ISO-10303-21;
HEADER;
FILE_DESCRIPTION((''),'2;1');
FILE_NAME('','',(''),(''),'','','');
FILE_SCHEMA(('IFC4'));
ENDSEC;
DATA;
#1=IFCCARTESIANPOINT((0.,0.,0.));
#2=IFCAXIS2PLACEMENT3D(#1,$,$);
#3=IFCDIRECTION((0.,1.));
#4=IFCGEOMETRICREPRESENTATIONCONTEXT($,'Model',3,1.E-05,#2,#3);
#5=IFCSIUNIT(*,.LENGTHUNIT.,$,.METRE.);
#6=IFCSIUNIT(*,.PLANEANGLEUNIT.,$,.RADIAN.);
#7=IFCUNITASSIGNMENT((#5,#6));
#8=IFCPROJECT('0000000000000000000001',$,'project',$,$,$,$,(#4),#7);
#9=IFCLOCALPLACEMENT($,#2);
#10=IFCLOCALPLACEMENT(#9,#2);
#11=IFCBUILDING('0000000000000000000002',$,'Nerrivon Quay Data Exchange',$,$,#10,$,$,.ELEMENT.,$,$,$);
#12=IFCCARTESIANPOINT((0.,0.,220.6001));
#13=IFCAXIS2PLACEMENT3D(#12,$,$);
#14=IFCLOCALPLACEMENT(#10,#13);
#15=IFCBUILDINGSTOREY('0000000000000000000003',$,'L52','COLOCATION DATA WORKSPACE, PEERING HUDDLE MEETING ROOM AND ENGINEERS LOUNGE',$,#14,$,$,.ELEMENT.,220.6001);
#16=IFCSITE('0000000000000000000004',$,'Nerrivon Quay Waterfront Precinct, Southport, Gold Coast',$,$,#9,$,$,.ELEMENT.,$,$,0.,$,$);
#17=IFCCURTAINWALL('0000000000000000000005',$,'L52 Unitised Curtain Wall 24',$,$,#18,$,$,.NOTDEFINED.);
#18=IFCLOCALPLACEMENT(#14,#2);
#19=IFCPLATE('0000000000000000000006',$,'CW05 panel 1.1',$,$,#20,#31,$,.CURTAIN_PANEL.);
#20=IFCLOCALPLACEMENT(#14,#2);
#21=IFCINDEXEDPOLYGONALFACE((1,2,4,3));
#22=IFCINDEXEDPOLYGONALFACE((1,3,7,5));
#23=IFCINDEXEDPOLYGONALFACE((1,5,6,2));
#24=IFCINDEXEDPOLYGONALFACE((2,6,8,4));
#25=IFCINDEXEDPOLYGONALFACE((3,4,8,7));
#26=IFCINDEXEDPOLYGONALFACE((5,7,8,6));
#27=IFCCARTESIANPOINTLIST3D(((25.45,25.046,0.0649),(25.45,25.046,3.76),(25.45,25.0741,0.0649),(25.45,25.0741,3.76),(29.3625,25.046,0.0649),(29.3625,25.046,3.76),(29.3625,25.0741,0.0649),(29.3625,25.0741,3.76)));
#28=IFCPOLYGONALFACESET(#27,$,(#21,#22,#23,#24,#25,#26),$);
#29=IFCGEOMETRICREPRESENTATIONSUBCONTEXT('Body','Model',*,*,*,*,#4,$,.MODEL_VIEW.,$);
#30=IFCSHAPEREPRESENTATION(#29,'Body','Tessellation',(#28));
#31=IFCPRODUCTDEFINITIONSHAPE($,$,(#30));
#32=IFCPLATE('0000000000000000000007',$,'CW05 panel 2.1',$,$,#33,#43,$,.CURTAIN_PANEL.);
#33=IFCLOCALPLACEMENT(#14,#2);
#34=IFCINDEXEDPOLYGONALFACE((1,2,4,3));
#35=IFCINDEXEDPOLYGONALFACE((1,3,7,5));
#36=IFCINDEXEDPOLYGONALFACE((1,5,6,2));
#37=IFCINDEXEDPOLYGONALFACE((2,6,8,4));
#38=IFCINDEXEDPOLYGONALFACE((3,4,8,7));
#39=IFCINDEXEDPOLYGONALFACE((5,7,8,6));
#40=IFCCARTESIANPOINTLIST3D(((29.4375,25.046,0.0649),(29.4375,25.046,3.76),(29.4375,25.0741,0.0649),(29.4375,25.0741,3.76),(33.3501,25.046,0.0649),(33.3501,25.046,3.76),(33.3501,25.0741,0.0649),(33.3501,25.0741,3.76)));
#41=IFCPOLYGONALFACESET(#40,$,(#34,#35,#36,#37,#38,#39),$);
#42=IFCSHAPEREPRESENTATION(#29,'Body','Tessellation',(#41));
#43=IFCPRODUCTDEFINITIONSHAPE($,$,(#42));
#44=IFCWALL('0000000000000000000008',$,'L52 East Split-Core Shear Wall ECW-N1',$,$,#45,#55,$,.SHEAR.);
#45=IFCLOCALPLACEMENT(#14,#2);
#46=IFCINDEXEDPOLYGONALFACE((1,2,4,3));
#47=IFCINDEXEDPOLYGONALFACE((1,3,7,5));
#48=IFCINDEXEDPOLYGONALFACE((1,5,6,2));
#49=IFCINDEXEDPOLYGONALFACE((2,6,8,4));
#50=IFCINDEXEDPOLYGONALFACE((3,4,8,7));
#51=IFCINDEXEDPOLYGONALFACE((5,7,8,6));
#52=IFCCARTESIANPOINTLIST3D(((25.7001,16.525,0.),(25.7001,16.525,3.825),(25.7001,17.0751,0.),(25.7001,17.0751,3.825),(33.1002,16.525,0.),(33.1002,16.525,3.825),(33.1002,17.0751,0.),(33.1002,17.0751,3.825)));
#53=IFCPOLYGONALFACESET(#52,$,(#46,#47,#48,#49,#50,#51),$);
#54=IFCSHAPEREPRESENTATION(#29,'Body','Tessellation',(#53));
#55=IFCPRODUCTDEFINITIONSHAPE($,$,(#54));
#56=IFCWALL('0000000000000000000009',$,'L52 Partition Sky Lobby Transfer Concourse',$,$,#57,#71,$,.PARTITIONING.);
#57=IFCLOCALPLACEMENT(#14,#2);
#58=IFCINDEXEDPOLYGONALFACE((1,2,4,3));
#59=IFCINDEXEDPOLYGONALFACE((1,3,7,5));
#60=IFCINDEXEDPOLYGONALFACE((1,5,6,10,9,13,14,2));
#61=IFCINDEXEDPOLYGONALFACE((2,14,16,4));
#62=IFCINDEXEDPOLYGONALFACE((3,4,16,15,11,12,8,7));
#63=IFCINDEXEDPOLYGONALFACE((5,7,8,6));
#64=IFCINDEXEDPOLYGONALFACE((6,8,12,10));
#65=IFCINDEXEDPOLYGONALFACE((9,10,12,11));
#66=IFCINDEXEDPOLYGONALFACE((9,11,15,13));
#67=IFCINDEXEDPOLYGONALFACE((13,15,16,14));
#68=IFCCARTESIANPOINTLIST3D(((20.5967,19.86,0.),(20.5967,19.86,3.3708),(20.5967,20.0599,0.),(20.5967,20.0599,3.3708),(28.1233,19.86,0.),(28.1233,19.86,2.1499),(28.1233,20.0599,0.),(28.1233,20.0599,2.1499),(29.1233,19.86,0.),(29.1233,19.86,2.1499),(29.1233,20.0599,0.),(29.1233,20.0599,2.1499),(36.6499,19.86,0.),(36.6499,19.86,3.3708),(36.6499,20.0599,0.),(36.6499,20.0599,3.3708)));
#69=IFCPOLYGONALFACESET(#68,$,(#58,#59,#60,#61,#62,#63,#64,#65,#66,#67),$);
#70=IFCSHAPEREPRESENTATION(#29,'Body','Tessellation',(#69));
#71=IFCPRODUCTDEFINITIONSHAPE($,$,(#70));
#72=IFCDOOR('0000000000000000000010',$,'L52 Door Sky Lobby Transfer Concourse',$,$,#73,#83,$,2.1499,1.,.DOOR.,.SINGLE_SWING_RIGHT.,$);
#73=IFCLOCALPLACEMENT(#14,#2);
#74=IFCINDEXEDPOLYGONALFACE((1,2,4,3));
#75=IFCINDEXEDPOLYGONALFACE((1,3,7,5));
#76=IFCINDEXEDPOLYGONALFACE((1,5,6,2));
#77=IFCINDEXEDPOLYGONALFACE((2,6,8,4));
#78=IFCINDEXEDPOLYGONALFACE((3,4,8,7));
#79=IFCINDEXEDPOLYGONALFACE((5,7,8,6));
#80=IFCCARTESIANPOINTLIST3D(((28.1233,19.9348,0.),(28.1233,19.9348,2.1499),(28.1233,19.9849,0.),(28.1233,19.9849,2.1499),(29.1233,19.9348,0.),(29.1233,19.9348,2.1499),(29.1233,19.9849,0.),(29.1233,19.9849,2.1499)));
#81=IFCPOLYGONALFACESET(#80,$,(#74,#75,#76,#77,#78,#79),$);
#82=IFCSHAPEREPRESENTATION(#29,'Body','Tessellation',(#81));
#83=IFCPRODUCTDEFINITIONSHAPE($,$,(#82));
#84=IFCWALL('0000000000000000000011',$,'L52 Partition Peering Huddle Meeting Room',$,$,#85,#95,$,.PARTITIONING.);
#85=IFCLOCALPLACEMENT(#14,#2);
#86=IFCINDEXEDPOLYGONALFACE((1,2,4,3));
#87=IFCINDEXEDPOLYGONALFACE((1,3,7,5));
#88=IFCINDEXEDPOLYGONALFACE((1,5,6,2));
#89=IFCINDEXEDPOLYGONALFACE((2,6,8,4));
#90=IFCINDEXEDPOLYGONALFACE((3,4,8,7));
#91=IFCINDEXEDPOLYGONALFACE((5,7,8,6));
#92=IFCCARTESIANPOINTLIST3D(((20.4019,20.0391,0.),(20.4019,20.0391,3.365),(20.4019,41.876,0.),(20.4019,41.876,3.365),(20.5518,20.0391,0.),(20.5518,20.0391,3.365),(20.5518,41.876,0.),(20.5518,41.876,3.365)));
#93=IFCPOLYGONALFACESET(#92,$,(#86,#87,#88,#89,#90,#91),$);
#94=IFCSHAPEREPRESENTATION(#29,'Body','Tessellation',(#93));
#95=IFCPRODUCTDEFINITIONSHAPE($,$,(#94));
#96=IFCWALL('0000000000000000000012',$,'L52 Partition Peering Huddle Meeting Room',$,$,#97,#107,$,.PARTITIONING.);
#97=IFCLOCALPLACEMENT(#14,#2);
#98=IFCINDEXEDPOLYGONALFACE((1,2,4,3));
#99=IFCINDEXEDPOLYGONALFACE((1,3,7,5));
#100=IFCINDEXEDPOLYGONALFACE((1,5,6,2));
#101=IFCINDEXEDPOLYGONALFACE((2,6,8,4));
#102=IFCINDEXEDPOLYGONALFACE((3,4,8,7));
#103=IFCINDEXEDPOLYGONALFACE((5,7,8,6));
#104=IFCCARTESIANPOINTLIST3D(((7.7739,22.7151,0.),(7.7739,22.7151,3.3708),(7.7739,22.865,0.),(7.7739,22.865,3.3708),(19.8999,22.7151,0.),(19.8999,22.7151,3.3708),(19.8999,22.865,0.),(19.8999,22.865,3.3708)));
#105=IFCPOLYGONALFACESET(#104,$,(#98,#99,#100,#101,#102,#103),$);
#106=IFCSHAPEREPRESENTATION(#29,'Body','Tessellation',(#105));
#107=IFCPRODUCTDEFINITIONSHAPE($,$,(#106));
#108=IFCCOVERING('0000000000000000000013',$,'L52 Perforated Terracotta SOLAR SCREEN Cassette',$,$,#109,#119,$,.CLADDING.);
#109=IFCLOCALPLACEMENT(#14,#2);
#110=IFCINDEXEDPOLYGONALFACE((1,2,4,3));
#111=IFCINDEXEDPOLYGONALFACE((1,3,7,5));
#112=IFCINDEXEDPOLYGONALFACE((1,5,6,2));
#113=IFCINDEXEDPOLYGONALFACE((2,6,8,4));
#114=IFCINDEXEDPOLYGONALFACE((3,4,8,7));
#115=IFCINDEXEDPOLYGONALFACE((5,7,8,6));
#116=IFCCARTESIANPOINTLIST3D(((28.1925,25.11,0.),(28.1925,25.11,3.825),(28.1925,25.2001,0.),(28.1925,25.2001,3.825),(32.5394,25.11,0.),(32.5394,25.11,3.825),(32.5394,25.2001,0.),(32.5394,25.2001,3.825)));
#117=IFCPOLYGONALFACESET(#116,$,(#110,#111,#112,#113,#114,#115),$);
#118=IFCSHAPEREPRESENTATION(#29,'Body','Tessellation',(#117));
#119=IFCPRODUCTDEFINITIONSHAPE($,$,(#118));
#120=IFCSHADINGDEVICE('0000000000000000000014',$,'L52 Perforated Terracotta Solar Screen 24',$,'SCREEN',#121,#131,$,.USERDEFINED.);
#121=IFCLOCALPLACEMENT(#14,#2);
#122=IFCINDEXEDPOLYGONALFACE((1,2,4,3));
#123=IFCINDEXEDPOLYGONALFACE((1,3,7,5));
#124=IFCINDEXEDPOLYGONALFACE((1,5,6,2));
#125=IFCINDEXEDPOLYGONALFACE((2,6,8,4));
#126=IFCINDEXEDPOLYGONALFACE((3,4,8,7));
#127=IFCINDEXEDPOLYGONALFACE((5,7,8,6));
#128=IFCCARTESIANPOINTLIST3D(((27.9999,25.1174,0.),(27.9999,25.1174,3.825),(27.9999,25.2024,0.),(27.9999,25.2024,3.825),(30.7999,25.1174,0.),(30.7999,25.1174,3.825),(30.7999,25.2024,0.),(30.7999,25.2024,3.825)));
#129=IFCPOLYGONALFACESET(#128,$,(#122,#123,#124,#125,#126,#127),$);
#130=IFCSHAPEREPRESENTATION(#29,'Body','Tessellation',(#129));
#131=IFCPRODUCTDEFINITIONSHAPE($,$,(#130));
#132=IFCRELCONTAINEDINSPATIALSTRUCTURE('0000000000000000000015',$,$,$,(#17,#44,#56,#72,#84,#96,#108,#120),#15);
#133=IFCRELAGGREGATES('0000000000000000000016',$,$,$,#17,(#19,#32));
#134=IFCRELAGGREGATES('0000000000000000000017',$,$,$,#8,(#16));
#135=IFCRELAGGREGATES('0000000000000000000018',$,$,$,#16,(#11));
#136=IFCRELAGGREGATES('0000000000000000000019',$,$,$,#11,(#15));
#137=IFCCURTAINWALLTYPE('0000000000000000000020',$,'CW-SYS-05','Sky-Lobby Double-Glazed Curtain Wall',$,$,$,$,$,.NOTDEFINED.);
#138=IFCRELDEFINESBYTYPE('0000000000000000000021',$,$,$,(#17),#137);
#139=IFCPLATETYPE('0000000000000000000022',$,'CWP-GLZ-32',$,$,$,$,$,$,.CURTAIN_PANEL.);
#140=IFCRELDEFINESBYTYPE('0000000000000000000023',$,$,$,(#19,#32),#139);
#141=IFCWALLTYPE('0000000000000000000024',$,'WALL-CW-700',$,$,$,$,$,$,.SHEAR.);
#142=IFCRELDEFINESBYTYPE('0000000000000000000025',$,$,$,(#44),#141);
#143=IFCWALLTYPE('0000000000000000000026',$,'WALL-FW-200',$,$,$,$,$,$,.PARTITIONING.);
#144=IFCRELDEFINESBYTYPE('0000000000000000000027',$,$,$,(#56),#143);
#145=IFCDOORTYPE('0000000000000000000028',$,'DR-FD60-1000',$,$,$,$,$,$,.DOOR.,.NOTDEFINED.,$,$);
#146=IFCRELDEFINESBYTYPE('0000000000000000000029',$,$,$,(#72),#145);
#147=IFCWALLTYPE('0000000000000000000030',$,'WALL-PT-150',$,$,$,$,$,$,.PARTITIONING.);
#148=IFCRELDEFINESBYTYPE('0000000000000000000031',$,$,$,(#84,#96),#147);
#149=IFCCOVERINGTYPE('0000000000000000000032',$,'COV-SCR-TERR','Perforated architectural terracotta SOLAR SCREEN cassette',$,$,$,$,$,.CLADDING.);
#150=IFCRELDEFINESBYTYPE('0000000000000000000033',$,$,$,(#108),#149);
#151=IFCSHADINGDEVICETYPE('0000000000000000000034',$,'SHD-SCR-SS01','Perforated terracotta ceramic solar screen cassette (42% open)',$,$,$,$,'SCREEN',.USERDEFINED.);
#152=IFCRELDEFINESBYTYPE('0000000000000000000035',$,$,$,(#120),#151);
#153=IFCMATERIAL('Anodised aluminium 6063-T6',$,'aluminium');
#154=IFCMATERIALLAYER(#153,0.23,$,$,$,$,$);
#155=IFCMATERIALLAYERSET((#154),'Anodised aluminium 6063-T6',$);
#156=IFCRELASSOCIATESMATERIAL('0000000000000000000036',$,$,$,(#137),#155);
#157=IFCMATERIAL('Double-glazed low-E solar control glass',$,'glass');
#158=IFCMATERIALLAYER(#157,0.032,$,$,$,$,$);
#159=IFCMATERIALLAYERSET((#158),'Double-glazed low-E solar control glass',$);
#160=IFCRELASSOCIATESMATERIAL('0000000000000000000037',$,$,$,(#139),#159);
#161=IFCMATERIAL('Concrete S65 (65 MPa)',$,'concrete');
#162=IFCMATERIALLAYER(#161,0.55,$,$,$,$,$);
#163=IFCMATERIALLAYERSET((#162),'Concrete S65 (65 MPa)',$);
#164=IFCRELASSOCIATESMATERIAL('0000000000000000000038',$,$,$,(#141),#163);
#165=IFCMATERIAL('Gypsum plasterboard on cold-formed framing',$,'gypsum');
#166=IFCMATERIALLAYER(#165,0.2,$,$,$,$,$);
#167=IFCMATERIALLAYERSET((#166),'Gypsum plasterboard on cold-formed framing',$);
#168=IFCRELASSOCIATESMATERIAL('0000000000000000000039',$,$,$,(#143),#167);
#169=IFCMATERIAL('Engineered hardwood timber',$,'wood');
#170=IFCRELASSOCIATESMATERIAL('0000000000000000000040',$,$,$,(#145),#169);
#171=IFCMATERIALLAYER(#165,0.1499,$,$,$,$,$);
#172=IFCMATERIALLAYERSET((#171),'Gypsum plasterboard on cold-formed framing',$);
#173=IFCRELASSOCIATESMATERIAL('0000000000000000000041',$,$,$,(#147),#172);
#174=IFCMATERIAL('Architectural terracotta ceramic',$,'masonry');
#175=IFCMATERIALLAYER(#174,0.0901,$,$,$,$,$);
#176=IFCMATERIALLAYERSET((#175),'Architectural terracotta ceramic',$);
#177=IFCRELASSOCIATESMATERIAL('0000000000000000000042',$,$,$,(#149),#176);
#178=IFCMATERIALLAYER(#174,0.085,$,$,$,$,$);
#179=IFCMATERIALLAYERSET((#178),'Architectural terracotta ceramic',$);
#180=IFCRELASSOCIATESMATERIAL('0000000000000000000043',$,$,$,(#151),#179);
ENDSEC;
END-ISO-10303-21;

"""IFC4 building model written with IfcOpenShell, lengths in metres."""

from ifc_helpers import new_model, si_unit, direction, frame, frame_2d, origin, origin_2d, place, context, subcontext, project, spatial, rectangle, extrude, material, layer, layer_set, type_object, element, fill, aggregate, save


model = new_model("IFC4")

# Units and contexts
model_context = context("Model", 3, precision=1e-05, world=origin(), true_north=direction((0.0, 1.0)))
body_context = subcontext(model_context, "Body", "Model", "MODEL_VIEW")
ifc_project = project(units=[si_unit("LENGTHUNIT", "METRE"), si_unit("PLANEANGLEUNIT", "RADIAN")], contexts=[model_context])

# Site, building, storey
site_placement = place(None, origin())
site = spatial("IfcSite", under=ifc_project, at=site_placement, Name="Nerrivon Quay Waterfront Precinct, Southport, Gold Coast", CompositionType="ELEMENT", RefElevation=0.0)
building_placement = place(site_placement, origin())
building = spatial("IfcBuilding", under=site, at=building_placement, Name="Nerrivon Quay Data Exchange", CompositionType="ELEMENT")
storey_placement = place(building_placement, frame((0.0, 0.0, 220.6001)))
storey = spatial("IfcBuildingStorey", under=building, at=storey_placement, Name="L52", Description="COLOCATION DATA WORKSPACE, PEERING HUDDLE MEETING ROOM AND ENGINEERS LOUNGE", CompositionType="ELEMENT", Elevation=220.6001)

# Shared definitions
ifc_material_1 = material(Name="Concrete S65 (65 MPa)", Category="concrete")

# Curtain wall, plates
ifc_material_2 = material(Name="Anodised aluminium 6063-T6", Category="aluminium")
ifc_layer_1 = layer(ifc_material_2, 0.23)
ifc_layer_set_1 = layer_set([ifc_layer_1], Name="Anodised aluminium 6063-T6")
curtain_wall_type = type_object("IfcCurtainWallType", Name="CW-SYS-05", Description="Sky-Lobby Double-Glazed Curtain Wall", PredefinedType="NOTDEFINED", material=ifc_layer_set_1)
curtain_wall_placement = place(storey_placement, origin())
curtain_wall = element("IfcCurtainWall", 1, at=curtain_wall_placement, inside=storey, type_object=curtain_wall_type, Name="L52 Unitised Curtain Wall 24", PredefinedType="NOTDEFINED")
ifc_material_3 = material(Name="Double-glazed low-E solar control glass", Category="glass")
ifc_layer_2 = layer(ifc_material_3, 0.032)
ifc_layer_set_2 = layer_set([ifc_layer_2], Name="Double-glazed low-E solar control glass")
plate_type = type_object("IfcPlateType", Name="CWP-GLZ-32", PredefinedType="CURTAIN_PANEL", material=ifc_layer_set_2)
plate_1_placement = place(storey_placement, frame((27.4062, 25.0601, 0.0649), z_axis=(0.0, 0.0, 1.0), x_axis=(1.0, 0.0, 0.0)))
plate_1 = element("IfcPlate", 2, at=plate_1_placement, type_object=plate_type, Name="CW05 panel 1.1", PredefinedType="CURTAIN_PANEL", context=body_context, shape_type="SweptSolid", body=[
    extrude(rectangle(XDim=3.9126, YDim=0.0281, at=origin_2d()), origin(), (0.0, 0.0, 1.0), 3.6951),
])
plate_2_placement = place(storey_placement, frame((31.3938, 25.0601, 0.0649), z_axis=(0.0, 0.0, 1.0), x_axis=(1.0, 0.0, 0.0)))
plate_2 = element("IfcPlate", 3, at=plate_2_placement, type_object=plate_type, Name="CW05 panel 2.1", PredefinedType="CURTAIN_PANEL", context=body_context, shape_type="SweptSolid", body=[
    extrude(rectangle(XDim=3.9126, YDim=0.0281, at=origin_2d()), origin(), (0.0, 0.0, 1.0), 3.6951),
])
aggregate(curtain_wall, [plate_1, plate_2])

# Wall
ifc_layer_3 = layer(ifc_material_1, 0.55)
ifc_layer_set_3 = layer_set([ifc_layer_3], Name="Concrete S65 (65 MPa)")
wall_type_1 = type_object("IfcWallType", Name="WALL-CW-700", PredefinedType="SHEAR", material=ifc_layer_set_3)
wall_1_placement = place(storey_placement, frame((25.7, 16.8, 0.0), z_axis=(0.0, 0.0, 1.0), x_axis=(1.0, 0.0, 0.0)))
element("IfcWall", 4, at=wall_1_placement, inside=storey, type_object=wall_type_1, Name="L52 East Split-Core Shear Wall ECW-N1", PredefinedType="SHEAR", context=body_context, shape_type="SweptSolid", body=[
    extrude(rectangle(XDim=7.4001, YDim=0.55, at=frame_2d((3.7002, 0.0))), origin(), (0.0, 0.0, 1.0), 3.825),
])

# Wall, opening, door
ifc_material_4 = material(Name="Gypsum plasterboard on cold-formed framing", Category="gypsum")
ifc_layer_4 = layer(ifc_material_4, 0.2)
ifc_layer_set_4 = layer_set([ifc_layer_4], Name="Gypsum plasterboard on cold-formed framing")
wall_type_2 = type_object("IfcWallType", Name="WALL-FW-200", PredefinedType="PARTITIONING", material=ifc_layer_set_4)
wall_2_placement = place(storey_placement, frame((20.5967, 19.96, 0.0), z_axis=(0.0, 0.0, 1.0), x_axis=(1.0, 0.0, 0.0)))
wall_2 = element("IfcWall", 5, at=wall_2_placement, inside=storey, type_object=wall_type_2, Name="L52 Partition Sky Lobby Transfer Concourse", PredefinedType="PARTITIONING", context=body_context, shape_type="SweptSolid", body=[
    extrude(rectangle(XDim=16.0532, YDim=0.2, at=frame_2d((8.0266, 0.0))), origin(), (0.0, 0.0, 1.0), 3.3708),
])
opening_placement = place(wall_2_placement, frame((7.5266, 0.0, 0.0)))
opening = element("IfcOpeningElement", 6, at=opening_placement, cuts=wall_2, PredefinedType="OPENING", context=body_context, shape_type="SweptSolid", body=[
    extrude(rectangle(XDim=1.0, YDim=2.1499, at=frame_2d((0.5, 1.075))), frame((0.0, 0.1099, 0.0), z_axis=(0.0, -1.0, 0.0), x_axis=(1.0, 0.0, 0.0)), (0.0, 0.0, 1.0), 0.22),
])
ifc_material_5 = material(Name="Engineered hardwood timber", Category="wood")
door_type = type_object("IfcDoorType", Name="DR-FD60-1000", OperationType="NOTDEFINED", PredefinedType="DOOR", material=ifc_material_5)
door_placement = place(opening_placement, origin())
door = element("IfcDoor", 7, at=door_placement, inside=storey, type_object=door_type, Name="L52 Door Sky Lobby Transfer Concourse", OperationType="SINGLE_SWING_RIGHT", OverallHeight=2.1499, OverallWidth=1.0, PredefinedType="DOOR", context=body_context, shape_type="SweptSolid", body=[
    extrude(rectangle(XDim=1.0, YDim=2.1499, at=frame_2d((0.5, 1.075))), frame((0.0, 0.0249, 0.0), z_axis=(0.0, -1.0, 0.0), x_axis=(1.0, 0.0, 0.0)), (0.0, 0.0, 1.0), 0.05),
])
fill(opening, door)

# Walls
ifc_layer_5 = layer(ifc_material_4, 0.1499)
ifc_layer_set_5 = layer_set([ifc_layer_5], Name="Gypsum plasterboard on cold-formed framing")
wall_type_3 = type_object("IfcWallType", Name="WALL-PT-150", PredefinedType="PARTITIONING", material=ifc_layer_set_5)
wall_3_placement = place(storey_placement, frame((20.4768, 20.0391, 0.0), z_axis=(0.0, 0.0, 1.0), x_axis=(0.0, 1.0, 0.0)))
element("IfcWall", 8, at=wall_3_placement, inside=storey, type_object=wall_type_3, Name="L52 Partition Peering Huddle Meeting Room", PredefinedType="PARTITIONING", context=body_context, shape_type="SweptSolid", body=[
    extrude(rectangle(XDim=21.8369, YDim=0.1499, at=frame_2d((10.9185, 0.0))), origin(), (0.0, 0.0, 1.0), 3.365),
])
wall_4_placement = place(storey_placement, frame((19.8999, 22.79, 0.0), z_axis=(0.0, 0.0, 1.0), x_axis=(-1.0, 0.0, 0.0)))
element("IfcWall", 9, at=wall_4_placement, inside=storey, type_object=wall_type_3, Name="L52 Partition Peering Huddle Meeting Room", PredefinedType="PARTITIONING", context=body_context, shape_type="SweptSolid", body=[
    extrude(rectangle(XDim=12.126, YDim=0.1499, at=frame_2d((6.063, 0.0))), origin(), (0.0, 0.0, 1.0), 3.3708),
])

# Covering
ifc_material_6 = material(Name="Architectural terracotta ceramic", Category="masonry")
ifc_layer_6 = layer(ifc_material_6, 0.0901)
ifc_layer_set_6 = layer_set([ifc_layer_6], Name="Architectural terracotta ceramic")
covering_type = type_object("IfcCoveringType", Name="COV-SCR-TERR", Description="Perforated architectural terracotta SOLAR SCREEN cassette", PredefinedType="CLADDING", material=ifc_layer_set_6)
covering_placement = place(storey_placement, frame((30.366, 25.155, 0.0), z_axis=(0.0, 0.0, 1.0), x_axis=(1.0, 0.0, 0.0)))
element("IfcCovering", 10, at=covering_placement, inside=storey, type_object=covering_type, Name="L52 Perforated Terracotta SOLAR SCREEN Cassette", PredefinedType="CLADDING", context=body_context, shape_type="SweptSolid", body=[
    extrude(rectangle(XDim=4.3469, YDim=0.0901, at=origin_2d()), origin(), (0.0, 0.0, 1.0), 3.825),
])

# Shading device
ifc_layer_7 = layer(ifc_material_6, 0.085)
ifc_layer_set_7 = layer_set([ifc_layer_7], Name="Architectural terracotta ceramic")
shading_device_type = type_object("IfcShadingDeviceType", Name="SHD-SCR-SS01", Description="Perforated terracotta ceramic solar screen cassette (42% open)", ElementType="SCREEN", PredefinedType="USERDEFINED", material=ifc_layer_set_7)
shading_device_placement = place(storey_placement, frame((29.3999, 25.1599, 0.0), z_axis=(0.0, 0.0, 1.0), x_axis=(1.0, 0.0, 0.0)))
element("IfcShadingDevice", 11, at=shading_device_placement, inside=storey, type_object=shading_device_type, Name="L52 Perforated Terracotta Solar Screen 24", ObjectType="SCREEN", PredefinedType="USERDEFINED", context=body_context, shape_type="SweptSolid", body=[
    extrude(rectangle(XDim=2.8, YDim=0.085, at=origin_2d()), origin(), (0.0, 0.0, 1.0), 3.825),
])

save(model, "model.ifc")
